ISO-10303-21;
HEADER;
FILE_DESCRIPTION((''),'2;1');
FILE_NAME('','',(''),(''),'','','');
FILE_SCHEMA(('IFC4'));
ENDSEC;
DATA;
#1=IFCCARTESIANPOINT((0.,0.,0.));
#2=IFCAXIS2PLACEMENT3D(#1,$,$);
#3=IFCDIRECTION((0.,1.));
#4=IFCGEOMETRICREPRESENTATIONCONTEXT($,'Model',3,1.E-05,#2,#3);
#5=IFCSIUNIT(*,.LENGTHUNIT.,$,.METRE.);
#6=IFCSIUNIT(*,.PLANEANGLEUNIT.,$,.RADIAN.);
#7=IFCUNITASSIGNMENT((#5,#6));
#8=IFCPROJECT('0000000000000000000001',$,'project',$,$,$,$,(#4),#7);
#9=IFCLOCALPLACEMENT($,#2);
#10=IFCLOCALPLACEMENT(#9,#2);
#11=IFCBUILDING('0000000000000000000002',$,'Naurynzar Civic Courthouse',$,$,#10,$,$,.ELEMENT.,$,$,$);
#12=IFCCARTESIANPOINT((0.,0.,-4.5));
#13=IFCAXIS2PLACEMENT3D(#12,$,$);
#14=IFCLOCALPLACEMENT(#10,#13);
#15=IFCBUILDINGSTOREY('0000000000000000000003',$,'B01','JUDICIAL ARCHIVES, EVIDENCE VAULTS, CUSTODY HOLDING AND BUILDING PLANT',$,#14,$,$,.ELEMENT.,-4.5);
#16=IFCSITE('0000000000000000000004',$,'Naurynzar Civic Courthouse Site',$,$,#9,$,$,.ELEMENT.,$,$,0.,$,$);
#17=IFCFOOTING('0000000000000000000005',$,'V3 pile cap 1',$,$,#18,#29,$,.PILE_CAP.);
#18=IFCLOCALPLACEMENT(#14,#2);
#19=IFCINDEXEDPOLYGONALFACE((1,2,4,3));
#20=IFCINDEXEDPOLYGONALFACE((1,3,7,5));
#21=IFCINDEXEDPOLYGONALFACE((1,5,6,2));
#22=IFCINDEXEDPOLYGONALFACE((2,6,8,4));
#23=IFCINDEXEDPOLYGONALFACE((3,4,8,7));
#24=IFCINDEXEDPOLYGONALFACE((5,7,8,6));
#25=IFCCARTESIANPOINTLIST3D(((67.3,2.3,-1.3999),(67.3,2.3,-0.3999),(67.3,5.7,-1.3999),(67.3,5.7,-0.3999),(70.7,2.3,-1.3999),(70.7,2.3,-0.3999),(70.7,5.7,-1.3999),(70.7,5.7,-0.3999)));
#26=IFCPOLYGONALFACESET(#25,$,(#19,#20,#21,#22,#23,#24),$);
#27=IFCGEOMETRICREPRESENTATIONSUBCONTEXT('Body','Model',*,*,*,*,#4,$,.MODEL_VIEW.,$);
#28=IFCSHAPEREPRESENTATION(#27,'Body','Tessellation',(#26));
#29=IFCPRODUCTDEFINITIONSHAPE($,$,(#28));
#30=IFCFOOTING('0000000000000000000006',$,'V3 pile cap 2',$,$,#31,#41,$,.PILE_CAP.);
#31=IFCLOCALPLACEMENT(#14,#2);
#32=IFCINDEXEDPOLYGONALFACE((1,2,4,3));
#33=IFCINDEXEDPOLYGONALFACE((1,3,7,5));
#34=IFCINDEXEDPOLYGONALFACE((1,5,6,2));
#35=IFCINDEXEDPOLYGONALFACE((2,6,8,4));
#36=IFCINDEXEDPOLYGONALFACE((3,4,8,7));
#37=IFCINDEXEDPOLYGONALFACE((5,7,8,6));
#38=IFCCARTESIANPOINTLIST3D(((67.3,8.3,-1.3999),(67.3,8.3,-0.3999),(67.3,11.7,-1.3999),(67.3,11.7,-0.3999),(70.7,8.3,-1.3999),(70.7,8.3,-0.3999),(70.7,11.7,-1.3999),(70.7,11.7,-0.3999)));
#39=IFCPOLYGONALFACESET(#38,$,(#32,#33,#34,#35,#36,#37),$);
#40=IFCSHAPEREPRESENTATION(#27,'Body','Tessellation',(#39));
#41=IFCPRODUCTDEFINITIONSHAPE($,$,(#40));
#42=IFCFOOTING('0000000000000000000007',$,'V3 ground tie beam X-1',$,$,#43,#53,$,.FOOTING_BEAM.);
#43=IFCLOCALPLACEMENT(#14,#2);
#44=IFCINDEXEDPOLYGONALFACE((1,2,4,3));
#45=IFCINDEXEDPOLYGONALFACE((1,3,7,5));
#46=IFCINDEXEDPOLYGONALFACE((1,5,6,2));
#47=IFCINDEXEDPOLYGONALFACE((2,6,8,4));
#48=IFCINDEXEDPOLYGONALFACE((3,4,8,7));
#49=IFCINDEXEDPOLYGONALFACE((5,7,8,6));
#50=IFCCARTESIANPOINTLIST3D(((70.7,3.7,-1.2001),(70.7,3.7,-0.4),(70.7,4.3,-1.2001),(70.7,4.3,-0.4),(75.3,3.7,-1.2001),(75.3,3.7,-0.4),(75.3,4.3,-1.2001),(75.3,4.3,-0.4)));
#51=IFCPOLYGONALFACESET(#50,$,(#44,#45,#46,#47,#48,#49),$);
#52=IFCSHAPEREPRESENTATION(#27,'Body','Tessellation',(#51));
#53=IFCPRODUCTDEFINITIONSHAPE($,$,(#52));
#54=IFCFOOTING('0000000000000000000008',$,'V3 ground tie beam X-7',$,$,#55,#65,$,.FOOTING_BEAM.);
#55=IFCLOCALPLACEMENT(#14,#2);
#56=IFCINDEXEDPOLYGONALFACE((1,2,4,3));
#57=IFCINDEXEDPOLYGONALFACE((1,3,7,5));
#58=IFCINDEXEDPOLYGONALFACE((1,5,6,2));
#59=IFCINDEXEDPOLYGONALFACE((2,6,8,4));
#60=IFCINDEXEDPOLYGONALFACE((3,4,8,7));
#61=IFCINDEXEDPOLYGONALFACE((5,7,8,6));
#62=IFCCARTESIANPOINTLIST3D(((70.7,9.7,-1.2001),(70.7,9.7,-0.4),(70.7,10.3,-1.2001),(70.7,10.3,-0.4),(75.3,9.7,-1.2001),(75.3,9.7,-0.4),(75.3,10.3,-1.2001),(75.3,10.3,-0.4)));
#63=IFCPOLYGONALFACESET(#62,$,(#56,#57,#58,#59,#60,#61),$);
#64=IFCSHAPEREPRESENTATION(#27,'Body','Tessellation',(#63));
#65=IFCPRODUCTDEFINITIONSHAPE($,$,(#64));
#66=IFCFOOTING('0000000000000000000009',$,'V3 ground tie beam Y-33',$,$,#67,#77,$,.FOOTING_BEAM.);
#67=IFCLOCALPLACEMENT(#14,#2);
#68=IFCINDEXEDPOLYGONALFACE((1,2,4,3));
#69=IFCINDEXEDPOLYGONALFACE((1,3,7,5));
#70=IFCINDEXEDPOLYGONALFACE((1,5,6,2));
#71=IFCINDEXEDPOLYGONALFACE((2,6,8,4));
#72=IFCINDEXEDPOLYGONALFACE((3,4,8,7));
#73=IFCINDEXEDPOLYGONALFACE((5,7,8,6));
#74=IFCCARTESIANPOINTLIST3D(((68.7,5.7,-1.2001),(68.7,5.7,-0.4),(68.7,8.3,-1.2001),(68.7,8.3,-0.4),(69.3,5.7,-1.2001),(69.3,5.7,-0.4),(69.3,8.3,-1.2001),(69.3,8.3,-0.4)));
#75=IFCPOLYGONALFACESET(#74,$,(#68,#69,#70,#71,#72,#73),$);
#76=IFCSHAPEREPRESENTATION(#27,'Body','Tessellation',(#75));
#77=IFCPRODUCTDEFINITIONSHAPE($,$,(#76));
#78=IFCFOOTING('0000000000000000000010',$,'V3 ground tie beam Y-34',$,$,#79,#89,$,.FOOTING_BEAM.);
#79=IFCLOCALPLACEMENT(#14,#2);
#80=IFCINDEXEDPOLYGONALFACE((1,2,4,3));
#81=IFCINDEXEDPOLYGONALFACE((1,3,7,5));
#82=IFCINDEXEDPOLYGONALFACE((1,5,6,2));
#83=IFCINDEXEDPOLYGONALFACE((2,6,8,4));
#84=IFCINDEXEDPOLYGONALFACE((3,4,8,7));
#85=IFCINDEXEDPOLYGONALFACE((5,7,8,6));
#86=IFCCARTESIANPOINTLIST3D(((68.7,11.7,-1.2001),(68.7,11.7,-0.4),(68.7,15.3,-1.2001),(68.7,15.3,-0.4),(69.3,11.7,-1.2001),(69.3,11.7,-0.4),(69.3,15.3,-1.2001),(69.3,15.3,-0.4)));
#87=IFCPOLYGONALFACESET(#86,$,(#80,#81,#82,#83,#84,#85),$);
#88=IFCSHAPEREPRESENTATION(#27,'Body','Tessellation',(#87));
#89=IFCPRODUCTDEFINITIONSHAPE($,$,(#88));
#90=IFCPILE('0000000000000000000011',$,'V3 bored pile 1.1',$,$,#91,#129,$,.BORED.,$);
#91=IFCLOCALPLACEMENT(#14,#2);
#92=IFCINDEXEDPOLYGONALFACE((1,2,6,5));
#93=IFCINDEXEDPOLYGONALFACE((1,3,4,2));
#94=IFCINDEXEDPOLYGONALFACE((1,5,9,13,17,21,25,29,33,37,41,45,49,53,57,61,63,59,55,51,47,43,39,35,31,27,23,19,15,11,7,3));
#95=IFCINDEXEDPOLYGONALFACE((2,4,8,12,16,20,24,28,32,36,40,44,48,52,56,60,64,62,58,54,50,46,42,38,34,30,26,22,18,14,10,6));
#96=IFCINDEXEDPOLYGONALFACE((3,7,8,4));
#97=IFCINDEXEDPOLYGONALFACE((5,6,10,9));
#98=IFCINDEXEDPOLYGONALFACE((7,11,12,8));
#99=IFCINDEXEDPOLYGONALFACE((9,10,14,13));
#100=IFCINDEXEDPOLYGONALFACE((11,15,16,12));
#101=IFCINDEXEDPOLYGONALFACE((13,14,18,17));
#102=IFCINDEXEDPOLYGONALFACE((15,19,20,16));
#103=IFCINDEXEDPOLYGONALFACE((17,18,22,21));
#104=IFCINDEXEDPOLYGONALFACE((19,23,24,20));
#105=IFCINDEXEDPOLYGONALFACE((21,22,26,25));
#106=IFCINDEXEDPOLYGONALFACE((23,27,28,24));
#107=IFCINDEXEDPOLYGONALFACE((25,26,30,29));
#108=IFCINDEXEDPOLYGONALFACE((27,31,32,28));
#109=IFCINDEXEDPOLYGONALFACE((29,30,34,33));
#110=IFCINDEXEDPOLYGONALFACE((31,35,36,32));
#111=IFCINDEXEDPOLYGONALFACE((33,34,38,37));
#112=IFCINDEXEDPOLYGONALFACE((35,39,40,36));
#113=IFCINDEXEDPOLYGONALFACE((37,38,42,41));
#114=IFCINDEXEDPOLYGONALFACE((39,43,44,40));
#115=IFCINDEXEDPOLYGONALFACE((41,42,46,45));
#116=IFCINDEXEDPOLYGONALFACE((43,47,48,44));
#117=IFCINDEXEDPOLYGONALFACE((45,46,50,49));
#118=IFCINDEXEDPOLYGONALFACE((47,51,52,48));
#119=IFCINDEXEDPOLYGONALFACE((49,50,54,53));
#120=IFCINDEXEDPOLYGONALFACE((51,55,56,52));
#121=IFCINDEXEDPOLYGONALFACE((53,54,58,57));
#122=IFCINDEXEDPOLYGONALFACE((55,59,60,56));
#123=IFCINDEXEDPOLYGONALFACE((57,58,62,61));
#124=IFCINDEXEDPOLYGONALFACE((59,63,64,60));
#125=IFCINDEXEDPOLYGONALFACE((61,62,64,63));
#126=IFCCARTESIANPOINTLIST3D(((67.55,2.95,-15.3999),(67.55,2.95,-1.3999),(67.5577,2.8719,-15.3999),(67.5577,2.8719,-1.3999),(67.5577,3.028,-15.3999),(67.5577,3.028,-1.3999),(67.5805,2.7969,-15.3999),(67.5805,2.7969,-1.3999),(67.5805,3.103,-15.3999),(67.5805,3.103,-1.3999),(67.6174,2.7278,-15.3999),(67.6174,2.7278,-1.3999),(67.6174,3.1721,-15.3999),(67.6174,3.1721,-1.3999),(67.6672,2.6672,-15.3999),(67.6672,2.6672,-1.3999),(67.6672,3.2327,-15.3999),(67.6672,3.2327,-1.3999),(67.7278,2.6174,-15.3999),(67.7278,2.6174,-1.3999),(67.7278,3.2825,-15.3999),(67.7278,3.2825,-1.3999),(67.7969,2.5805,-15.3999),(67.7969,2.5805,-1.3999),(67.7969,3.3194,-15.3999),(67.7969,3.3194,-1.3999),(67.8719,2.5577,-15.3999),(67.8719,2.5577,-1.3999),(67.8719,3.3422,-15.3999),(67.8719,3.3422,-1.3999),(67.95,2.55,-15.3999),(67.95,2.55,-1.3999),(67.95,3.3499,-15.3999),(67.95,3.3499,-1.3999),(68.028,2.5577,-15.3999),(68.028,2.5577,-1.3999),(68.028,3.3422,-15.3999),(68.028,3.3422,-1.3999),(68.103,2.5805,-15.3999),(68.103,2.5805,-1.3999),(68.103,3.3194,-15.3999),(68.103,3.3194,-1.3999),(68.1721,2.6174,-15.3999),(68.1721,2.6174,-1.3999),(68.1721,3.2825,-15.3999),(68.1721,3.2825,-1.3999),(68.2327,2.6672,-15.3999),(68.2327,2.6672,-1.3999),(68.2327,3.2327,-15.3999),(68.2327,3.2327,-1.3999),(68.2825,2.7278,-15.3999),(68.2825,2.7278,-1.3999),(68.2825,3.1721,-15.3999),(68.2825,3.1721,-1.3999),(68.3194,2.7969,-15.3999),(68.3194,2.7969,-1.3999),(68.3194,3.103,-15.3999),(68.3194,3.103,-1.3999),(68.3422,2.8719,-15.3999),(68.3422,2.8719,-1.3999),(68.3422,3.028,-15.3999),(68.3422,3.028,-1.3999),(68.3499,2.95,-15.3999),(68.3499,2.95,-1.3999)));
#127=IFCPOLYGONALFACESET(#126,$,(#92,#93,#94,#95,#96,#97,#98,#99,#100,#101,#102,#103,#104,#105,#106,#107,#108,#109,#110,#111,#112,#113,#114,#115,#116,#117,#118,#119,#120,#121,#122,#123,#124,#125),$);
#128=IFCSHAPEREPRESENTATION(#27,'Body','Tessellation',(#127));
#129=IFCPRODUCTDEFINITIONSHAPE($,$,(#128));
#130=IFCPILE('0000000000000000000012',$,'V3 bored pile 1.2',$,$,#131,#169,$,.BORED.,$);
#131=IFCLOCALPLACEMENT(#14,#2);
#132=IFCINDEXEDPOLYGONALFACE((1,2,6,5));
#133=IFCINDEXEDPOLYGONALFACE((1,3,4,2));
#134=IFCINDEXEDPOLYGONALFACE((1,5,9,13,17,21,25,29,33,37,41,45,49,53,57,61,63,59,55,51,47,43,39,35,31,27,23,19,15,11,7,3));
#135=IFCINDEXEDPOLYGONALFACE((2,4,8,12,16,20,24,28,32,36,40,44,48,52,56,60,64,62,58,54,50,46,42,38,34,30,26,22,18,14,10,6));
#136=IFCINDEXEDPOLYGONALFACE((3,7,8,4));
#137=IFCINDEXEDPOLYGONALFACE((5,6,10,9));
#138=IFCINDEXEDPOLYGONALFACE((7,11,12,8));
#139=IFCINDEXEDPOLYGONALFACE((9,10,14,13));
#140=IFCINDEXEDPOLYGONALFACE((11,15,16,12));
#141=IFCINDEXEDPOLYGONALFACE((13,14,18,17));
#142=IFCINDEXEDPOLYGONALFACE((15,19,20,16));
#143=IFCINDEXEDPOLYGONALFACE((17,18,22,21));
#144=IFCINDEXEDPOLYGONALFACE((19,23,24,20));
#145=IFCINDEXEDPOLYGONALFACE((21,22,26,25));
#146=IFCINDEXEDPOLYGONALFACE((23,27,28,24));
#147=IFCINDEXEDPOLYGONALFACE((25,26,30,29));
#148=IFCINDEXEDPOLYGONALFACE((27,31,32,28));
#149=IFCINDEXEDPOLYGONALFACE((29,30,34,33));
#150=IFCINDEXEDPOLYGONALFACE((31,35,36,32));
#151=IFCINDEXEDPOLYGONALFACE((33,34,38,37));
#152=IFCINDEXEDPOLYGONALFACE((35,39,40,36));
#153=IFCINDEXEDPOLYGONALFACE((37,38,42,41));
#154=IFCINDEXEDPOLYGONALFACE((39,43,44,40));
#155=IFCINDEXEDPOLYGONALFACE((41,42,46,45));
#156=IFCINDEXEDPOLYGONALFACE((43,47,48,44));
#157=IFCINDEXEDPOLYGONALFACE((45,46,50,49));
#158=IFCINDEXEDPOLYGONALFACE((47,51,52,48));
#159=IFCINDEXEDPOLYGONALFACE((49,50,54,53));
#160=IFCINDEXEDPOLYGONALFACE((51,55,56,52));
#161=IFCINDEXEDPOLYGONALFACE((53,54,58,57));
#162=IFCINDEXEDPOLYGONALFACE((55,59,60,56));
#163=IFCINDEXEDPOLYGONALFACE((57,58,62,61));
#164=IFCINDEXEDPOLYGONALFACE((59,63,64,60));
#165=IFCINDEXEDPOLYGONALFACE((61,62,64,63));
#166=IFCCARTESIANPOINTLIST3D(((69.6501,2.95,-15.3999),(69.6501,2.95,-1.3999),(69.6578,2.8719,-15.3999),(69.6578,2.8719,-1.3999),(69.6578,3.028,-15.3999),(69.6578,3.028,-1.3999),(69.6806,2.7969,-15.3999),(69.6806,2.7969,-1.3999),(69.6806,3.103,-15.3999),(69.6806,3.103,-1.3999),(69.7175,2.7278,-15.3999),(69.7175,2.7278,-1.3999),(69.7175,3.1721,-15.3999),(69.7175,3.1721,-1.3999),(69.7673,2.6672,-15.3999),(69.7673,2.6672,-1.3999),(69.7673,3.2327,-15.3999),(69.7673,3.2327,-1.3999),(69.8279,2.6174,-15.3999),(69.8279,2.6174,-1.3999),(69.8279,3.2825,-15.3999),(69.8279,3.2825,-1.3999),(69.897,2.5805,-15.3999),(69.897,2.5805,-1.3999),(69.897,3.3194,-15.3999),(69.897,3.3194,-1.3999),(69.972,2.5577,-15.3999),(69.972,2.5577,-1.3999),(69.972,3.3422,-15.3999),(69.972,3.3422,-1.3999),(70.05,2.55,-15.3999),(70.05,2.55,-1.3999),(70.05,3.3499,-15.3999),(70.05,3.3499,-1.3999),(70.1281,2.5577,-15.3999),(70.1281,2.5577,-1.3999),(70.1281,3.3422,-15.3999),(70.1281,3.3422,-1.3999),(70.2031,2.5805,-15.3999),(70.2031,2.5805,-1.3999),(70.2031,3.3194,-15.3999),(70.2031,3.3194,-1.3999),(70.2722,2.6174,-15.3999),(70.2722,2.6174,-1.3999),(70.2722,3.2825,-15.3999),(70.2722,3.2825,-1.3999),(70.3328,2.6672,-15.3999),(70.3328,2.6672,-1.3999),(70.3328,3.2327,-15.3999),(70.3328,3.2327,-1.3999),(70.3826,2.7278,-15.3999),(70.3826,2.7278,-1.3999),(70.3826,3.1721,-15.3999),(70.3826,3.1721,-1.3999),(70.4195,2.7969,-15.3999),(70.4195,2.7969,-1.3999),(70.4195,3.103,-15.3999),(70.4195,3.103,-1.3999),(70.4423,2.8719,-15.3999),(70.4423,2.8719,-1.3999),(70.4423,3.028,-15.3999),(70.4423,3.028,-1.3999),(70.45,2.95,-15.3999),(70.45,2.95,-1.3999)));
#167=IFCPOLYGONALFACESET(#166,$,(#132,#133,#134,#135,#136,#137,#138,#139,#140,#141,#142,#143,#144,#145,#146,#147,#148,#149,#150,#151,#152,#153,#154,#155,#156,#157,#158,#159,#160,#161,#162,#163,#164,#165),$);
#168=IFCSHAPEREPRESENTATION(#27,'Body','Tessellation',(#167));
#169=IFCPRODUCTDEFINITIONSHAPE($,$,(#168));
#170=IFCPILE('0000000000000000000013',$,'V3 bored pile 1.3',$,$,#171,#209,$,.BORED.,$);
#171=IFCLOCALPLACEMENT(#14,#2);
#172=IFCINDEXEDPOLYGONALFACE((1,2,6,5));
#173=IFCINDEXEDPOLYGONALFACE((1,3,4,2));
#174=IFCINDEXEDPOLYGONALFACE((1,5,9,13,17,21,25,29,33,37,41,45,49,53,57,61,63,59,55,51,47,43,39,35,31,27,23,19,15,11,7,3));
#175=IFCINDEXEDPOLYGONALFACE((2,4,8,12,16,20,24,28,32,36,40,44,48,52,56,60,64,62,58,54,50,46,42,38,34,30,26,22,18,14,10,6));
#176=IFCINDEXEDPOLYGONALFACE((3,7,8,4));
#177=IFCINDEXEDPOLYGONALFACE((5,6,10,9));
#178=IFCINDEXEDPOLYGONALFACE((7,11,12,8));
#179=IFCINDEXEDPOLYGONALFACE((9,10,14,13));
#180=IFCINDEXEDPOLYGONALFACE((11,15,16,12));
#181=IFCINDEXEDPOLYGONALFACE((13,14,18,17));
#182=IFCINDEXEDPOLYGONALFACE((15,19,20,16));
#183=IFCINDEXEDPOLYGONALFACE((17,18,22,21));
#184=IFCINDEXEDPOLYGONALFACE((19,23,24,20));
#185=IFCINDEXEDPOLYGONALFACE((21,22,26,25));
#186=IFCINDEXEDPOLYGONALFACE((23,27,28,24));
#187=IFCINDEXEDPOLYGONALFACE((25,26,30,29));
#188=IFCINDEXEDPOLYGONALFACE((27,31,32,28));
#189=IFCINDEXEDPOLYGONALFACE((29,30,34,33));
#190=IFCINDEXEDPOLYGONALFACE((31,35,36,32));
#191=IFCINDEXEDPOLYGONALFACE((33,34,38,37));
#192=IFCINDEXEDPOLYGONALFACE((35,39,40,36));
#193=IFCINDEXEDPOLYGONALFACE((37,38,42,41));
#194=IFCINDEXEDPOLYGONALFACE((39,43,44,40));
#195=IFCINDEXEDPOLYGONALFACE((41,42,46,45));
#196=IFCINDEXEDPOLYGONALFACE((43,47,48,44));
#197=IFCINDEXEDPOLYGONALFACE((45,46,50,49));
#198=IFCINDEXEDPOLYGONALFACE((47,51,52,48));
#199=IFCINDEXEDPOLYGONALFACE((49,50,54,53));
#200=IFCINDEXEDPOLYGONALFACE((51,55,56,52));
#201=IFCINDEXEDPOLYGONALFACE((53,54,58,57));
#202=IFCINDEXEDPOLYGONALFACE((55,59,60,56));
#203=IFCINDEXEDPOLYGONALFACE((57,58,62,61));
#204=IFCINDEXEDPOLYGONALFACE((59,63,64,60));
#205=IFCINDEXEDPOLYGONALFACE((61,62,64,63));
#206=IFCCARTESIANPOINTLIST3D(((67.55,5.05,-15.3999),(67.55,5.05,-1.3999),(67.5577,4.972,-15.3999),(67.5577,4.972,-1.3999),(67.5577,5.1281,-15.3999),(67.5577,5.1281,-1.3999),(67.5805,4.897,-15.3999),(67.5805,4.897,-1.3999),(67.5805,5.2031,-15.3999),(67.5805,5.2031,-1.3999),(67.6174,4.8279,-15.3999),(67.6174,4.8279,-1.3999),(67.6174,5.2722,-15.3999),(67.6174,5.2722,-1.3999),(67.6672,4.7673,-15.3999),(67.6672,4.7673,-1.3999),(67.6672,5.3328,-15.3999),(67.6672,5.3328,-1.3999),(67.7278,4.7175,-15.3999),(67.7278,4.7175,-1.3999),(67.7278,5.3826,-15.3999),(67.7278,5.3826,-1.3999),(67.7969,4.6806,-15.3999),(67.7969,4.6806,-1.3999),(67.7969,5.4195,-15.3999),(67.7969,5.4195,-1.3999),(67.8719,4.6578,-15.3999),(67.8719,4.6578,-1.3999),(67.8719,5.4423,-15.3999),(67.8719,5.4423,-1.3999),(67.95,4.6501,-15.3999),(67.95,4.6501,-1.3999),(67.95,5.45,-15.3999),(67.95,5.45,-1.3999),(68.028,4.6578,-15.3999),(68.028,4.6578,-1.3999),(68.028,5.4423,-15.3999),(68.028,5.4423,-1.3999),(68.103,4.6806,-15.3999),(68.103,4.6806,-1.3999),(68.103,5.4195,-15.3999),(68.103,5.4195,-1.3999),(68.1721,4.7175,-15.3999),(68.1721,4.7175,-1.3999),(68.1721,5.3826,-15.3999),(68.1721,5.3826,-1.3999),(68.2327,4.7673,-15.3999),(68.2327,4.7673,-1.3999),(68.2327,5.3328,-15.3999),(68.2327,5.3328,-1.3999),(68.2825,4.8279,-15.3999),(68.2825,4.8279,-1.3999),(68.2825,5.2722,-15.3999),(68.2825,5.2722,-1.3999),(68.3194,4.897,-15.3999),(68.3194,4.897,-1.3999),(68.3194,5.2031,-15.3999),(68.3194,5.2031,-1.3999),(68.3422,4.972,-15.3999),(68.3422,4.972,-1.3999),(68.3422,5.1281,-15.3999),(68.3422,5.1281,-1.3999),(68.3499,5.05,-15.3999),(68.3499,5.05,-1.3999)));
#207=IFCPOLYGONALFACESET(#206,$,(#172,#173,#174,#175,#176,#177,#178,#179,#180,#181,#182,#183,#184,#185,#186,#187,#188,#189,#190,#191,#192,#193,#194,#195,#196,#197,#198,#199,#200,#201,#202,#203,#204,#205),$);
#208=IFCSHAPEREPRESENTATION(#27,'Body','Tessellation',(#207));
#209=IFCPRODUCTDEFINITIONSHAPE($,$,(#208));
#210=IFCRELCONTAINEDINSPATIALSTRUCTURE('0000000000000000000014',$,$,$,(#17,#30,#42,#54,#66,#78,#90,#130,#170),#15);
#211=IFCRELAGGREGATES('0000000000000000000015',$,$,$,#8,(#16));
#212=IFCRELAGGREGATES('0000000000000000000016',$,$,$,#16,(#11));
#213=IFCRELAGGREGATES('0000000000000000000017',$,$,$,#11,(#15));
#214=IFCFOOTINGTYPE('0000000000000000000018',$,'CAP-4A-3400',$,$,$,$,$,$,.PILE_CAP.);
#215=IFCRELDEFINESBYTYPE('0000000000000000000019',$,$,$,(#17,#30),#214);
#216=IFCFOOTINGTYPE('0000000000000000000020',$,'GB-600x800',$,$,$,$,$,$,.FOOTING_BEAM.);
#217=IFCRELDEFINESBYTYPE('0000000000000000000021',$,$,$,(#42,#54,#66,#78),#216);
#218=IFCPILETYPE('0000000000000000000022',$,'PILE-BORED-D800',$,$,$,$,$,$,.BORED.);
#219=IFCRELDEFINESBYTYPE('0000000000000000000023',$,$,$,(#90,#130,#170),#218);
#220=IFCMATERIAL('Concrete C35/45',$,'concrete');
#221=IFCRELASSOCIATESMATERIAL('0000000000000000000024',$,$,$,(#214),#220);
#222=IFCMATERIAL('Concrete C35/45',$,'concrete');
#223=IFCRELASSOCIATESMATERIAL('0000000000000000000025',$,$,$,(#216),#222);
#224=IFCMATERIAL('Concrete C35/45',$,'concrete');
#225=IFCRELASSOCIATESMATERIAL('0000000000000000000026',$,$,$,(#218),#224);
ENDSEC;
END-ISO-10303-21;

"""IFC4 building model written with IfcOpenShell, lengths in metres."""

from ifc_helpers import new_model, si_unit, direction, frame, origin, origin_2d, place, context, subcontext, project, spatial, rectangle, circle, extrude, material, material_profile, profile_set, type_object, element, save


model = new_model("IFC4")

# Units and contexts
model_context = context("Model", 3, precision=1e-05, world=origin(), true_north=direction((0.0, 1.0)))
body_context = subcontext(model_context, "Body", "Model", "MODEL_VIEW")
ifc_project = project(units=[si_unit("LENGTHUNIT", "METRE"), si_unit("PLANEANGLEUNIT", "RADIAN")], contexts=[model_context])

# Site, building, storey
site_placement = place(None, origin())
site = spatial("IfcSite", under=ifc_project, at=site_placement, Name="Naurynzar Civic Courthouse Site", CompositionType="ELEMENT", RefElevation=0.0)
building_placement = place(site_placement, origin())
building = spatial("IfcBuilding", under=site, at=building_placement, Name="Naurynzar Civic Courthouse", CompositionType="ELEMENT")
storey_placement = place(building_placement, frame((0.0, 0.0, -4.5)))
storey = spatial("IfcBuildingStorey", under=building, at=storey_placement, Name="B01", Description="JUDICIAL ARCHIVES, EVIDENCE VAULTS, CUSTODY HOLDING AND BUILDING PLANT", CompositionType="ELEMENT", Elevation=-4.5)

# Footings
ifc_material_1 = material(Name="Concrete C35/45", Category="concrete")
footing_type_1 = type_object("IfcFootingType", Name="CAP-4A-3400", PredefinedType="PILE_CAP", material=ifc_material_1)
for number, where, z_axis, x_axis, name in (
    (1, (69.0, 4.0, -1.3999), (0.0, 0.0, 1.0), (1.0, 0.0, 0.0), "V3 pile cap 1"),
    (2, (69.0, 10.0, -1.3999), (0.0, 0.0, 1.0), (1.0, 0.0, 0.0), "V3 pile cap 2"),
):
    element("IfcFooting", number, at=place(storey_placement, frame(where, z_axis=z_axis, x_axis=x_axis)), inside=storey, type_object=footing_type_1, Name=name, PredefinedType="PILE_CAP", context=body_context, shape_type="SweptSolid", body=[
        extrude(rectangle(XDim=3.3999, YDim=3.3999, at=origin_2d()), origin(), (0.0, 0.0, 1.0), 1.0),
    ])
ifc_material_2 = material(Name="Concrete C35/45", Category="concrete")
ifc_material_profile_1 = material_profile(ifc_material_2, rectangle(XDim=0.6001, YDim=0.8, at=origin_2d()), Name="GB 600x800")
ifc_profile_set_1 = profile_set([ifc_material_profile_1], Name="Concrete C35/45")
footing_type_2 = type_object("IfcFootingType", Name="GB-600x800", PredefinedType="FOOTING_BEAM", material=ifc_profile_set_1)
for number, where, z_axis, x_axis, name in (
    (3, (70.7, 4.0, -0.8), (1.0, 0.0, 0.0), (0.0, 1.0, 0.0), "V3 ground tie beam X-1"),
    (4, (70.7, 10.0, -0.8), (1.0, 0.0, 0.0), (0.0, 1.0, 0.0), "V3 ground tie beam X-7"),
):
    element("IfcFooting", number, at=place(storey_placement, frame(where, z_axis=z_axis, x_axis=x_axis)), inside=storey, type_object=footing_type_2, Name=name, PredefinedType="FOOTING_BEAM", context=body_context, shape_type="SweptSolid", body=[
        extrude(rectangle(XDim=0.6001, YDim=0.8, at=origin_2d()), origin(), (0.0, 0.0, 1.0), 4.6001),
    ])
footing_1_placement = place(storey_placement, frame((69.0, 5.7, -0.8), z_axis=(0.0, 1.0, 0.0), x_axis=(-1.0, 0.0, 0.0)))
element("IfcFooting", 5, at=footing_1_placement, inside=storey, type_object=footing_type_2, Name="V3 ground tie beam Y-33", PredefinedType="FOOTING_BEAM", context=body_context, shape_type="SweptSolid", body=[
    extrude(rectangle(XDim=0.6001, YDim=0.8, at=origin_2d()), origin(), (0.0, 0.0, 1.0), 2.6001),
])
footing_2_placement = place(storey_placement, frame((69.0, 11.7, -0.8), z_axis=(0.0, 1.0, 0.0), x_axis=(-1.0, 0.0, 0.0)))
element("IfcFooting", 6, at=footing_2_placement, inside=storey, type_object=footing_type_2, Name="V3 ground tie beam Y-34", PredefinedType="FOOTING_BEAM", context=body_context, shape_type="SweptSolid", body=[
    extrude(rectangle(XDim=0.6001, YDim=0.8, at=origin_2d()), origin(), (0.0, 0.0, 1.0), 3.6001),
])

# Piles
ifc_material_3 = material(Name="Concrete C35/45", Category="concrete")
ifc_material_profile_2 = material_profile(ifc_material_3, circle(Radius=0.3999, at=origin_2d()), Name="PILE D800")
ifc_profile_set_2 = profile_set([ifc_material_profile_2], Name="Concrete C35/45")
pile_type = type_object("IfcPileType", Name="PILE-BORED-D800", PredefinedType="BORED", material=ifc_profile_set_2)
for number, where, z_axis, x_axis, name in (
    (7, (67.95, 2.95, -1.3999), (0.0, 0.0, -1.0), (1.0, 0.0, 0.0), "V3 bored pile 1.1"),
    (8, (70.05, 2.95, -1.3999), (0.0, 0.0, -1.0), (1.0, 0.0, 0.0), "V3 bored pile 1.2"),
    (9, (67.95, 5.05, -1.3999), (0.0, 0.0, -1.0), (1.0, 0.0, 0.0), "V3 bored pile 1.3"),
):
    element("IfcPile", number, at=place(storey_placement, frame(where, z_axis=z_axis, x_axis=x_axis)), inside=storey, type_object=pile_type, Name=name, PredefinedType="BORED", context=body_context, shape_type="SweptSolid", body=[
        extrude(circle(Radius=0.3999, at=origin_2d()), origin(), (0.0, 0.0, 1.0), 14.0),
    ])

save(model, "model.ifc")
